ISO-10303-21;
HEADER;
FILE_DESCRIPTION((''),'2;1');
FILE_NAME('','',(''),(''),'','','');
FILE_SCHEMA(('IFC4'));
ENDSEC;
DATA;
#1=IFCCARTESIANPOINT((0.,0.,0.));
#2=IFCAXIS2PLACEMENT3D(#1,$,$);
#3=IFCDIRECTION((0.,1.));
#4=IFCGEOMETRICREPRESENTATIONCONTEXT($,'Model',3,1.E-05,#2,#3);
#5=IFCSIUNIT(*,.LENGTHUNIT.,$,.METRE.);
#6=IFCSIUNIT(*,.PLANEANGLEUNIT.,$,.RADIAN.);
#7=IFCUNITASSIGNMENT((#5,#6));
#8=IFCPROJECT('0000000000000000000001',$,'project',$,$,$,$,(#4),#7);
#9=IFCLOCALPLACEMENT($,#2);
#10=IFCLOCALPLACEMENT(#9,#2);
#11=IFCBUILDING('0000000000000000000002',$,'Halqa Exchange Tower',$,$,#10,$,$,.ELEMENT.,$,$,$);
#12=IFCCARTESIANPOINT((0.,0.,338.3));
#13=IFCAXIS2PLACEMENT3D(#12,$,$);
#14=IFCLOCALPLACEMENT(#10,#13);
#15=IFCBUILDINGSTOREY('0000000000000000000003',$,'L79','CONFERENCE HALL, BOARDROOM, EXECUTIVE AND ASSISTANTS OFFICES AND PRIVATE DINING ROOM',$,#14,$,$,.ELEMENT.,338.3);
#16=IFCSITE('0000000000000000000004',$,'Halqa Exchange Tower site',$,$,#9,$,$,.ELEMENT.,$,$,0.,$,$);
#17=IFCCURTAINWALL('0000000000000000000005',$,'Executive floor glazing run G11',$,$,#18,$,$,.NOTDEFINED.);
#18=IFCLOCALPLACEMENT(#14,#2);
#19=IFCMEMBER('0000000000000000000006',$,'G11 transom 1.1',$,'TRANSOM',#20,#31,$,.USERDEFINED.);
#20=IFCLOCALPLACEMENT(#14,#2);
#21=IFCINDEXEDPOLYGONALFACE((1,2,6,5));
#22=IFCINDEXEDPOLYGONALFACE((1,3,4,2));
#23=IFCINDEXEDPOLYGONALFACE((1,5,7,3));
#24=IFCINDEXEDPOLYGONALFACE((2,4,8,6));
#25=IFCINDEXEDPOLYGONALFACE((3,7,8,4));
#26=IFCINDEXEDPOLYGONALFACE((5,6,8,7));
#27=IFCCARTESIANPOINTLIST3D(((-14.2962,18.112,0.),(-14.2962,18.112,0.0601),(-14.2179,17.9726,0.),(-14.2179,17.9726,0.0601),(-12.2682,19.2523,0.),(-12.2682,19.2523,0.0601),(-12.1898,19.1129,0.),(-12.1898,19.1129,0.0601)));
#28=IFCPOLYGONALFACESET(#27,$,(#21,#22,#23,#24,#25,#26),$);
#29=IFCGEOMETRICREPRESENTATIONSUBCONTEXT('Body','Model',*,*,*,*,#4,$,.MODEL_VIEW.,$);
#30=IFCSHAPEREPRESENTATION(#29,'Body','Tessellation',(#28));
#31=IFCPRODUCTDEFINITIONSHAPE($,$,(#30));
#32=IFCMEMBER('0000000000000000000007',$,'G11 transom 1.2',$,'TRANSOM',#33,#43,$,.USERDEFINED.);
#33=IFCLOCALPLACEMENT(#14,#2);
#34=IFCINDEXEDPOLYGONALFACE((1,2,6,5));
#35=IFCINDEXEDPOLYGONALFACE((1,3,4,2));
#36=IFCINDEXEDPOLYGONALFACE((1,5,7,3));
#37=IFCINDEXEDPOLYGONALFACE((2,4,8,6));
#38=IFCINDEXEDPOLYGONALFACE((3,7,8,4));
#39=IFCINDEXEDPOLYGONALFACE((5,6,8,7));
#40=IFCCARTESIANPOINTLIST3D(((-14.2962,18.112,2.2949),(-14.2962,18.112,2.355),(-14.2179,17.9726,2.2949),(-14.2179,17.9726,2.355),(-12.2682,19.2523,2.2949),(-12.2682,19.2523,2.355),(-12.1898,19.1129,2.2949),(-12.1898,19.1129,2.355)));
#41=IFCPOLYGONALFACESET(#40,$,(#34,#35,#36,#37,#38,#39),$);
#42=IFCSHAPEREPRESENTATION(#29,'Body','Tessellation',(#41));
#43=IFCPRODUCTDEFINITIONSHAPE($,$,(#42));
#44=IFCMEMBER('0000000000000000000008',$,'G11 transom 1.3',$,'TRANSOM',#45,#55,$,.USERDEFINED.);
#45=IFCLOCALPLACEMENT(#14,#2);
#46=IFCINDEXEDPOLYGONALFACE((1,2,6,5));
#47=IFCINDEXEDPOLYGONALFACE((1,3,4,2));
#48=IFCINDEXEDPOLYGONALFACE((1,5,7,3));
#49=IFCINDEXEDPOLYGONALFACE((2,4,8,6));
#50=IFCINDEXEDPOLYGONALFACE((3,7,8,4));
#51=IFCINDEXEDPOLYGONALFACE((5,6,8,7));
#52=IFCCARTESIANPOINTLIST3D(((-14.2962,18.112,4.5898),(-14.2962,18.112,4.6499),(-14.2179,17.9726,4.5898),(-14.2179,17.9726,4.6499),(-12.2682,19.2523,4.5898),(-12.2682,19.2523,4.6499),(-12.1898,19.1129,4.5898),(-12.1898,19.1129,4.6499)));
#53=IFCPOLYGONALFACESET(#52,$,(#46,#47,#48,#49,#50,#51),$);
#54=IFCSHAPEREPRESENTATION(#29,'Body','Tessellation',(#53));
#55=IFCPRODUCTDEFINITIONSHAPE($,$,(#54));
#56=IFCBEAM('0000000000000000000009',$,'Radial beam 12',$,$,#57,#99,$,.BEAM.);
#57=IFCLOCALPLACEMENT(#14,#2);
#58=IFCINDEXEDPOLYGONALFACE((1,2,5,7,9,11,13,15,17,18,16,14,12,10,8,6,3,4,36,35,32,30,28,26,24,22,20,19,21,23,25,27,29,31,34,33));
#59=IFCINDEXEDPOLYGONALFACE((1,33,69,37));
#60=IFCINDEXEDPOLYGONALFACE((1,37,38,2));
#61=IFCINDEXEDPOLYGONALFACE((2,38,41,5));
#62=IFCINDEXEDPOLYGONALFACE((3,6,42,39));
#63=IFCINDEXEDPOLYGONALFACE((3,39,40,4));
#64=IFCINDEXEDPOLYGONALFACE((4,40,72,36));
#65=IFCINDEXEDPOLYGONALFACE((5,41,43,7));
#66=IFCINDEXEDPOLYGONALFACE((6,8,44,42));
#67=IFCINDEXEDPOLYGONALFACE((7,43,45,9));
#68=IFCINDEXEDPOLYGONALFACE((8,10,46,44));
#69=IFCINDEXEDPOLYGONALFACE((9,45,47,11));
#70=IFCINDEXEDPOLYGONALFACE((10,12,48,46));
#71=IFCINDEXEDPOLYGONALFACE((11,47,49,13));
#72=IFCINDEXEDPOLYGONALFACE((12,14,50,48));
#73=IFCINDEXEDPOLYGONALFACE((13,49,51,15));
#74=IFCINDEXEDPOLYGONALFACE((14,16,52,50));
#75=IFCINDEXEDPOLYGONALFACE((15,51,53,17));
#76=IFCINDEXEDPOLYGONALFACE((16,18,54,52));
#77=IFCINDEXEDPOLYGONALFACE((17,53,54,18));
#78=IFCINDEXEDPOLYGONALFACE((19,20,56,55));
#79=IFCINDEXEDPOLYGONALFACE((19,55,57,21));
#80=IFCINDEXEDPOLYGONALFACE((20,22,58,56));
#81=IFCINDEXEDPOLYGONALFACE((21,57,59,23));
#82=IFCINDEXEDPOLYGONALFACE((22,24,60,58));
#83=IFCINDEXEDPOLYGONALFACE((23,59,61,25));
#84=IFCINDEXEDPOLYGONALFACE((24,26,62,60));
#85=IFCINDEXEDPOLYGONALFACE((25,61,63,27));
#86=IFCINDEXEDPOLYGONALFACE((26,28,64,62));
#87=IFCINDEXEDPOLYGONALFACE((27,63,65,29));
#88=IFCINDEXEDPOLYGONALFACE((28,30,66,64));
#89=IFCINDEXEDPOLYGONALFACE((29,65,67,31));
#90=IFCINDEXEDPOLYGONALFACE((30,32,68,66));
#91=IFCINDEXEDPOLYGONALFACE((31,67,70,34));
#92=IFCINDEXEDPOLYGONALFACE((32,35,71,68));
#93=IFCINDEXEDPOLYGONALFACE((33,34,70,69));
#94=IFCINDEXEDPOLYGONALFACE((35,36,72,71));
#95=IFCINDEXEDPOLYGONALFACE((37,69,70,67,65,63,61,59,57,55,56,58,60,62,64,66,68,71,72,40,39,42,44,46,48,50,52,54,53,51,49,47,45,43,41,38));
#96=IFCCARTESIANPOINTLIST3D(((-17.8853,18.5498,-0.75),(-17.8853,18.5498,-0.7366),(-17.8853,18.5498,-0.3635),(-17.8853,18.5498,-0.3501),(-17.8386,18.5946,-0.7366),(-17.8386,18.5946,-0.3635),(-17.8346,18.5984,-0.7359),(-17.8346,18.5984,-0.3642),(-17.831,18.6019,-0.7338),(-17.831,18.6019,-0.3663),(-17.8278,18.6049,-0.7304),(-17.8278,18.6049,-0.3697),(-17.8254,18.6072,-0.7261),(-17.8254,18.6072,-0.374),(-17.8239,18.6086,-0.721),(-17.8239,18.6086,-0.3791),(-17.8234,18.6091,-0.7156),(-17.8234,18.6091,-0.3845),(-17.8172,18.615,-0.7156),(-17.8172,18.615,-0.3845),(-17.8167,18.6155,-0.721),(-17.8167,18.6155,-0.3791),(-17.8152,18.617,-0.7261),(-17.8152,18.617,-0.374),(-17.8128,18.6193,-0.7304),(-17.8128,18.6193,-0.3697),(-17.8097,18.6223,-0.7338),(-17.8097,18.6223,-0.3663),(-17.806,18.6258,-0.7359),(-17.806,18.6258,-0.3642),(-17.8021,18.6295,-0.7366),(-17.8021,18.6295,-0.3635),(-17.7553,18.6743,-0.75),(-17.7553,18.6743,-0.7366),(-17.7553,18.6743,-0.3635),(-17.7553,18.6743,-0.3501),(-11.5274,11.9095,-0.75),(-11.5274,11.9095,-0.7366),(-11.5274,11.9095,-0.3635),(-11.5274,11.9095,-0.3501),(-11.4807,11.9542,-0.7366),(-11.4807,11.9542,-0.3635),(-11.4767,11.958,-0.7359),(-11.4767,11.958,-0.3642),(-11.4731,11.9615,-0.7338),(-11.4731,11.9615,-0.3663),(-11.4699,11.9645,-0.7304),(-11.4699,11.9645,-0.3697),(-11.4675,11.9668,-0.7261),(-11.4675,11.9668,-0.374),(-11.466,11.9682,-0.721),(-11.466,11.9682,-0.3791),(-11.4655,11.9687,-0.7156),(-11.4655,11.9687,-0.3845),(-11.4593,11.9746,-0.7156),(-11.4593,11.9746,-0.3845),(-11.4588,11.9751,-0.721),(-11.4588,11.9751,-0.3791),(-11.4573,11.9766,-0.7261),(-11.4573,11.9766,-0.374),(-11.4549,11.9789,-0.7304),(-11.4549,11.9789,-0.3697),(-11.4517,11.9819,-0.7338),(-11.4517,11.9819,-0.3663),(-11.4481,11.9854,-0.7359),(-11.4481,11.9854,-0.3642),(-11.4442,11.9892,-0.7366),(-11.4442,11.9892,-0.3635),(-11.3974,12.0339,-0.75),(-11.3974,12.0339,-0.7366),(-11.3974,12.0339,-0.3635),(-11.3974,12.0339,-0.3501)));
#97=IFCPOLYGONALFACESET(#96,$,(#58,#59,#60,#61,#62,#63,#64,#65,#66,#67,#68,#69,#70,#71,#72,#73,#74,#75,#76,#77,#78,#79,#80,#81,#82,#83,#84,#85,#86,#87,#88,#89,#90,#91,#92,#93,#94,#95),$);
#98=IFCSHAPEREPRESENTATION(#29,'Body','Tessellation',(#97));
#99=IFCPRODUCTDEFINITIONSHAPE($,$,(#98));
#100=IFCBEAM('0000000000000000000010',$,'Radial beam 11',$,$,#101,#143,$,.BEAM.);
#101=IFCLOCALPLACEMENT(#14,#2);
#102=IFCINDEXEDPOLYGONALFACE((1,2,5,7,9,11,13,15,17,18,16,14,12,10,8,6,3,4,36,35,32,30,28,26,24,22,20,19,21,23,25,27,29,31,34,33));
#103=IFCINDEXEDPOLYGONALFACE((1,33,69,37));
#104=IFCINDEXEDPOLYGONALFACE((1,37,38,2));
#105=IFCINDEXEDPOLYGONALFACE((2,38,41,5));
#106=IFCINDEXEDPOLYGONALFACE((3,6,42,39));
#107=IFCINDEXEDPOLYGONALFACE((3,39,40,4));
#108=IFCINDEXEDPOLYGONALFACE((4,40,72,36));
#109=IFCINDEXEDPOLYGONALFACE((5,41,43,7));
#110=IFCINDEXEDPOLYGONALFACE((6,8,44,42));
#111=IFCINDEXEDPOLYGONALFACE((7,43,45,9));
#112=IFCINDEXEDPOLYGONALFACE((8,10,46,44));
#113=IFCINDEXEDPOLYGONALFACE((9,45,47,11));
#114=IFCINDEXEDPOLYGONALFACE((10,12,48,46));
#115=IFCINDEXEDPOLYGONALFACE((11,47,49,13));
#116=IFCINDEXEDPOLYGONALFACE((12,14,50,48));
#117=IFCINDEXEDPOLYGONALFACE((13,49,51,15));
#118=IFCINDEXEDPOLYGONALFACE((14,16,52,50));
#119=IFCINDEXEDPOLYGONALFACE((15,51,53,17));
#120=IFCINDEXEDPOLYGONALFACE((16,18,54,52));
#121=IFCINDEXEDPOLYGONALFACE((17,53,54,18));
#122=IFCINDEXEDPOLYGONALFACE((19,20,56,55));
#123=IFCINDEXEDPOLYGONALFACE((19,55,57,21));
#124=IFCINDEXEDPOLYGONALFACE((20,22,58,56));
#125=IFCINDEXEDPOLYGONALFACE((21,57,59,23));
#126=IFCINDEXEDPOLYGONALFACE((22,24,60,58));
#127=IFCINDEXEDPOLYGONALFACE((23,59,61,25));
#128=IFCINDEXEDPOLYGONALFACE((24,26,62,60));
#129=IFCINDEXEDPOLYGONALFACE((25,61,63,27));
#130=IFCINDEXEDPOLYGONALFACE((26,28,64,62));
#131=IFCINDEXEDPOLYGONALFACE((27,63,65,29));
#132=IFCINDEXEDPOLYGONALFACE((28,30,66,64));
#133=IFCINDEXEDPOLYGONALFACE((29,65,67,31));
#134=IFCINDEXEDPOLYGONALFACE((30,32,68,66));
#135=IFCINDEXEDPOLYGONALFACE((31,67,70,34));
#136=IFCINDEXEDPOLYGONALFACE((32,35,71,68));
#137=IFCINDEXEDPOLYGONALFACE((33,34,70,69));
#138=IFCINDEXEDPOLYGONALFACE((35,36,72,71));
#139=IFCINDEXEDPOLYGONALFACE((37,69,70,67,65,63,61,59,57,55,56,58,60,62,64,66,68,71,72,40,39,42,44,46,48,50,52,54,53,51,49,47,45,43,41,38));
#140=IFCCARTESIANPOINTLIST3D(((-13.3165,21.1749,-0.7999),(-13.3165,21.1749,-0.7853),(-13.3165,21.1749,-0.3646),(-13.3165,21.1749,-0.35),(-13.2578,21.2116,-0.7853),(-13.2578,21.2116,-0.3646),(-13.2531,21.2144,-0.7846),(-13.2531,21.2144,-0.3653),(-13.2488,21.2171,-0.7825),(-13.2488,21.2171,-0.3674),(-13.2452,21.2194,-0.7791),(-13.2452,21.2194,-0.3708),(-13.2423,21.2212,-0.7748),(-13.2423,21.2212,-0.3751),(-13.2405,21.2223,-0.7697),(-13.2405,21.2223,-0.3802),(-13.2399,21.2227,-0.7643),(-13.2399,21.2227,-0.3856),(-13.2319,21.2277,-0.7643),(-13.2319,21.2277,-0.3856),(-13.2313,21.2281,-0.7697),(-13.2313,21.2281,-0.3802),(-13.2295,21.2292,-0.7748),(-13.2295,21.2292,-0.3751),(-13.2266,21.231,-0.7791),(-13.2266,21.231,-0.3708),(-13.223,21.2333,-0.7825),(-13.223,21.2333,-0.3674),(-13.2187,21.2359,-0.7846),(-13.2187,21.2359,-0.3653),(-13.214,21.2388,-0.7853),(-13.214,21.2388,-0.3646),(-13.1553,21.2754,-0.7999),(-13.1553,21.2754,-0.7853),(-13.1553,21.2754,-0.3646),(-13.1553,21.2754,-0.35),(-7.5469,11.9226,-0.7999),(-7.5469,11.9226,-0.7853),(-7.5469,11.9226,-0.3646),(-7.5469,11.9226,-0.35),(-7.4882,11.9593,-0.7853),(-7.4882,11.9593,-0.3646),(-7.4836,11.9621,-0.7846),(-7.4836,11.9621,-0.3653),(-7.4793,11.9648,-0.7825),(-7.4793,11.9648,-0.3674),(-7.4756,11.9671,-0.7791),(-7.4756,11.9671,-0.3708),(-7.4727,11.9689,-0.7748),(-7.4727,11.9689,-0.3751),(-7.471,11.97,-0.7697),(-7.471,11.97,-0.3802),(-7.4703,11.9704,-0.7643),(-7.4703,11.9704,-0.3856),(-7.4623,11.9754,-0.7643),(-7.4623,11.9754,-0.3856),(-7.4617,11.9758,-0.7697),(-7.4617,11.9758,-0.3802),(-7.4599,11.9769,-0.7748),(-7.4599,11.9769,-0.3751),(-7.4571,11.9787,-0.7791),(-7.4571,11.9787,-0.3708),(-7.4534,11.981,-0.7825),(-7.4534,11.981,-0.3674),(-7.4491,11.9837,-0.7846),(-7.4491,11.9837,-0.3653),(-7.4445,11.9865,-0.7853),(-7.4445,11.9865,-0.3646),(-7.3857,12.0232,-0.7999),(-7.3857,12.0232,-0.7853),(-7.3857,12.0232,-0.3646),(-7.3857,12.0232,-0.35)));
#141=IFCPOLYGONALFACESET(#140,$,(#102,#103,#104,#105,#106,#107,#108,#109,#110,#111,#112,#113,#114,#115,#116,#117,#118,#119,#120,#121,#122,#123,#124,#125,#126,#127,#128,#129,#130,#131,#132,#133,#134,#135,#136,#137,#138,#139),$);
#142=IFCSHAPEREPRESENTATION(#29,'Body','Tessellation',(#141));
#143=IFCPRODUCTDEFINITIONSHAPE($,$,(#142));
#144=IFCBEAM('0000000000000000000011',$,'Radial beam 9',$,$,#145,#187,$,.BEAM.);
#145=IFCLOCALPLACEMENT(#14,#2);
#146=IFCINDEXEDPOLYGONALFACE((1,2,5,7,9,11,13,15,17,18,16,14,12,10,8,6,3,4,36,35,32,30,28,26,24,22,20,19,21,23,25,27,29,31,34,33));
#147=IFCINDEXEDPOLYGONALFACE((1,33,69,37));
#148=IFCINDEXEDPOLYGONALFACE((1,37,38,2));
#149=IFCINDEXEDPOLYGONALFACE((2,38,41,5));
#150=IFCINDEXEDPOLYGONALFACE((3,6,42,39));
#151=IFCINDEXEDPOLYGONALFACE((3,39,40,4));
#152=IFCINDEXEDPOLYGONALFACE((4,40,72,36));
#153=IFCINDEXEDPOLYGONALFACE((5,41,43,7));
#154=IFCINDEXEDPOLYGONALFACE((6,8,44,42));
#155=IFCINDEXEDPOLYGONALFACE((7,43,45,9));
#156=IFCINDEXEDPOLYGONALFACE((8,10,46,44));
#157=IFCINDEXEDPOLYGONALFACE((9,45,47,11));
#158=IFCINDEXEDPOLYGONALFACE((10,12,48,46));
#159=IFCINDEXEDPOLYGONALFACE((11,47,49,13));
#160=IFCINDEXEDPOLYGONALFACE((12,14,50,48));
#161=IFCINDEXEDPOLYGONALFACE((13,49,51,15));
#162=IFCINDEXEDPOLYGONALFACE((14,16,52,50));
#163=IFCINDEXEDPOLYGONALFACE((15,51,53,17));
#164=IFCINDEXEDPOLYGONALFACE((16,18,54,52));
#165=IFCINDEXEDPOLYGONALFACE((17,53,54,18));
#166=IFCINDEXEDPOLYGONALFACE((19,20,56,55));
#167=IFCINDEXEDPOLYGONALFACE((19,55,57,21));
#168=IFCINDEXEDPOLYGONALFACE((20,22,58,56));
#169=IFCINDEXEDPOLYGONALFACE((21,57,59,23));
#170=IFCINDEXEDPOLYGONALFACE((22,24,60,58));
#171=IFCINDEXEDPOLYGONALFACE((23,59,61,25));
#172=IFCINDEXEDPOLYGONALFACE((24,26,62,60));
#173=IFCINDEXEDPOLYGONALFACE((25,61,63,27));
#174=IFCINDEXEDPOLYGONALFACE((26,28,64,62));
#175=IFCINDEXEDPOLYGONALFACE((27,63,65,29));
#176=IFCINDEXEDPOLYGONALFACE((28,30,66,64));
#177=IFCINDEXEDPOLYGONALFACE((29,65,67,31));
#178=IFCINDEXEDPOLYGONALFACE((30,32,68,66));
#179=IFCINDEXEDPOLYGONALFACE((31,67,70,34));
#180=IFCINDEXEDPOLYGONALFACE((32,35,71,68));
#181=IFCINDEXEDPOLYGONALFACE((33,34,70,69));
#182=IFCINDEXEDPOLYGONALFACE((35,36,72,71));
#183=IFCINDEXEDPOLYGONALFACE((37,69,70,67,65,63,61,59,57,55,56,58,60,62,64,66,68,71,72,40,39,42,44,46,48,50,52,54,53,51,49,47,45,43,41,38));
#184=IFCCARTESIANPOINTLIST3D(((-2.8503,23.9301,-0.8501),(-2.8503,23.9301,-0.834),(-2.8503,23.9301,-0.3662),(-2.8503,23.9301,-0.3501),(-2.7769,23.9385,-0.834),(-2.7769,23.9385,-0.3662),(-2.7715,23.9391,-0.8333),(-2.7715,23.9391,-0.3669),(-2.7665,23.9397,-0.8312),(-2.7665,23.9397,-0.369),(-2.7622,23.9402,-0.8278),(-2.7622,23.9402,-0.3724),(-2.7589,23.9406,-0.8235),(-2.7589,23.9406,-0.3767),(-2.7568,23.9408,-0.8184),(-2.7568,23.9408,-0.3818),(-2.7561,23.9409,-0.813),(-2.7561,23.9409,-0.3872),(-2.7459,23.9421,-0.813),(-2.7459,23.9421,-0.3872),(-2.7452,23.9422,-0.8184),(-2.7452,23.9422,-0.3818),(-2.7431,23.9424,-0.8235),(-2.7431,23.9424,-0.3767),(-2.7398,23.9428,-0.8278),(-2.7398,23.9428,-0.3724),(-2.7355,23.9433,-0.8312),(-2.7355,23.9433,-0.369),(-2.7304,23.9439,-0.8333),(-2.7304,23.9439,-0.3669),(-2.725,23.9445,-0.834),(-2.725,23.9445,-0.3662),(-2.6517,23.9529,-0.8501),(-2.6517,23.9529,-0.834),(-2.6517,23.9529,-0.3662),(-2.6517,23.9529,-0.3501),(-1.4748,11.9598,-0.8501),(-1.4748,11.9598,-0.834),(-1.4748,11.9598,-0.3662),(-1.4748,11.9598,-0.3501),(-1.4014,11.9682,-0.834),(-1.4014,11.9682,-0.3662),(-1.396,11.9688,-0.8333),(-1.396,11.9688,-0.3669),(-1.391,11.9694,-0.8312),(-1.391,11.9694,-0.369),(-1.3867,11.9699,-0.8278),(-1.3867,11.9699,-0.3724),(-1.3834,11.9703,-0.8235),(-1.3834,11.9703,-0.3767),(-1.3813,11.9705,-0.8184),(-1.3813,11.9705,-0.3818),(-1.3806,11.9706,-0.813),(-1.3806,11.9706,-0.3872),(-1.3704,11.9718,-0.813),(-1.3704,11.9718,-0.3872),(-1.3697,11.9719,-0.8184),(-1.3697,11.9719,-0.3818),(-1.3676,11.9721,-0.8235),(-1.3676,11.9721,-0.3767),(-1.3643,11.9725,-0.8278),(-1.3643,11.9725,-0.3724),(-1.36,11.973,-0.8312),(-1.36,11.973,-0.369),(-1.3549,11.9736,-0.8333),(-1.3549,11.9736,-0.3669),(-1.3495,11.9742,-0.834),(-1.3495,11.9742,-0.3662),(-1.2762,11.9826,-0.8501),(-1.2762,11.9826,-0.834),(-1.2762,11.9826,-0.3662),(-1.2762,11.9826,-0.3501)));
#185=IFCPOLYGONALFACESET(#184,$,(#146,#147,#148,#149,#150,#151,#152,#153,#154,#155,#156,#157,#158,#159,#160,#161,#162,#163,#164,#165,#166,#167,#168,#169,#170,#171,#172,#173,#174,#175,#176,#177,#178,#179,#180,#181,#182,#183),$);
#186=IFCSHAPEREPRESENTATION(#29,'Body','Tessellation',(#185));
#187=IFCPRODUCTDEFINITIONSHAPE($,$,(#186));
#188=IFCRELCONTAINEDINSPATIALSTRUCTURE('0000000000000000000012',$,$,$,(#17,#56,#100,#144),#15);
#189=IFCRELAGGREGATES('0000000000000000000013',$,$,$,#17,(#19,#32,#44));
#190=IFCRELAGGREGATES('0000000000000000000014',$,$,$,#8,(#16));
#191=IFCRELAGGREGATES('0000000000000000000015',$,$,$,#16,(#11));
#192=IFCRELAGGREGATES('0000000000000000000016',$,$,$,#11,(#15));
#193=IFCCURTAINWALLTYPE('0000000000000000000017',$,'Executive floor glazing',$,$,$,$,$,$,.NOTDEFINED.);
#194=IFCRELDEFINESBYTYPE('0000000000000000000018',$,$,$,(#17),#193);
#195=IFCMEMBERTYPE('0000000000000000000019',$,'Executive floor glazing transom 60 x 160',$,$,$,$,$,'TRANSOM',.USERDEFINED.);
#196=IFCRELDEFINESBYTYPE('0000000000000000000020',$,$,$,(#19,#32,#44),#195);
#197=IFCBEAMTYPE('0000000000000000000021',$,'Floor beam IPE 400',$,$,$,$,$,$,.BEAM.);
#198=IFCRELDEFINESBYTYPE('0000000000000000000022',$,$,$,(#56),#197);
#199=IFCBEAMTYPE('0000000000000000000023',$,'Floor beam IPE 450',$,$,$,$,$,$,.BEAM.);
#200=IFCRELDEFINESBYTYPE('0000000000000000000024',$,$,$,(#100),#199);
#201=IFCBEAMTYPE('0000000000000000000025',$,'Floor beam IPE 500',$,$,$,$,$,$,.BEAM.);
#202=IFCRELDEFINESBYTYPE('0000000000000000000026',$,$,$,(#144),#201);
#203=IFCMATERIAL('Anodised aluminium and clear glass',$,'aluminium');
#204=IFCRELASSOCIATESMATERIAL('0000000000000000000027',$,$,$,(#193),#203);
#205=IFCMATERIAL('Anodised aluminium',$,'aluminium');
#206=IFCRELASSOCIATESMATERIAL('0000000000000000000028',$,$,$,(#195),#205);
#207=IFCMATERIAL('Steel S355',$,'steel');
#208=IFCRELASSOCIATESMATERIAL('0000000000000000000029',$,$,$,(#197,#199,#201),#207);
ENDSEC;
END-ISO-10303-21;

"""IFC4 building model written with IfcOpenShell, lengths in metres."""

from ifc_helpers import new_model, si_unit, direction, frame, origin, origin_2d, place, context, subcontext, project, spatial, rectangle, i_section, extrude, material, material_profile, profile_set, type_object, element, aggregate, save


model = new_model("IFC4")

# Units and contexts
model_context = context("Model", 3, precision=1e-05, world=origin(), true_north=direction((0.0, 1.0)))
body_context = subcontext(model_context, "Body", "Model", "MODEL_VIEW")
ifc_project = project(units=[si_unit("LENGTHUNIT", "METRE"), si_unit("PLANEANGLEUNIT", "RADIAN")], contexts=[model_context])

# Site, building, storey
site_placement = place(None, origin())
site = spatial("IfcSite", under=ifc_project, at=site_placement, Name="Halqa Exchange Tower site", CompositionType="ELEMENT", RefElevation=0.0)
building_placement = place(site_placement, origin())
building = spatial("IfcBuilding", under=site, at=building_placement, Name="Halqa Exchange Tower", CompositionType="ELEMENT")
storey_placement = place(building_placement, frame((0.0, 0.0, 338.3)))
storey = spatial("IfcBuildingStorey", under=building, at=storey_placement, Name="L79", Description="CONFERENCE HALL, BOARDROOM, EXECUTIVE AND ASSISTANTS OFFICES AND PRIVATE DINING ROOM", CompositionType="ELEMENT", Elevation=338.3)

# Curtain wall, members
ifc_material_1 = material(Name="Anodised aluminium and clear glass", Category="aluminium")
curtain_wall_type = type_object("IfcCurtainWallType", Name="Executive floor glazing", PredefinedType="NOTDEFINED", material=ifc_material_1)
curtain_wall_placement = place(storey_placement, origin())
curtain_wall = element("IfcCurtainWall", 1, at=curtain_wall_placement, inside=storey, type_object=curtain_wall_type, Name="Executive floor glazing run G11", PredefinedType="NOTDEFINED")
ifc_material_2 = material(Name="Anodised aluminium", Category="aluminium")
ifc_material_profile_1 = material_profile(ifc_material_2, rectangle(XDim=0.1599, YDim=0.0601, at=origin_2d()), Name="AL 60x160")
ifc_profile_set_1 = profile_set([ifc_material_profile_1], Name="Anodised aluminium")
member_type = type_object("IfcMemberType", Name="Executive floor glazing transom 60 x 160", ElementType="TRANSOM", PredefinedType="USERDEFINED", material=ifc_profile_set_1)
member_1_placement = place(storey_placement, frame((-12.229, 19.1826, 0.03), z_axis=(-0.871651, -0.490127, 0.0), x_axis=(0.490127, -0.871651, 0.0)))
member_1 = element("IfcMember", 2, at=member_1_placement, type_object=member_type, Name="G11 transom 1.1", ObjectType="TRANSOM", PredefinedType="USERDEFINED", context=body_context, shape_type="SweptSolid", body=[
    extrude(rectangle(XDim=0.1599, YDim=0.0601, at=origin_2d()), origin(), (0.0, 0.0, 1.0), 2.3267),
])
member_2_placement = place(storey_placement, frame((-12.229, 19.1826, 2.325), z_axis=(-0.871651, -0.490127, 0.0), x_axis=(0.490127, -0.871651, 0.0)))
member_2 = element("IfcMember", 3, at=member_2_placement, type_object=member_type, Name="G11 transom 1.2", ObjectType="TRANSOM", PredefinedType="USERDEFINED", context=body_context, shape_type="SweptSolid", body=[
    extrude(rectangle(XDim=0.1599, YDim=0.0601, at=origin_2d()), origin(), (0.0, 0.0, 1.0), 2.3267),
])
member_3_placement = place(storey_placement, frame((-12.229, 19.1826, 4.6199), z_axis=(-0.871651, -0.490127, 0.0), x_axis=(0.490127, -0.871651, 0.0)))
member_3 = element("IfcMember", 4, at=member_3_placement, type_object=member_type, Name="G11 transom 1.3", ObjectType="TRANSOM", PredefinedType="USERDEFINED", context=body_context, shape_type="SweptSolid", body=[
    extrude(rectangle(XDim=0.1599, YDim=0.0601, at=origin_2d()), origin(), (0.0, 0.0, 1.0), 2.3267),
])

# Beams
ifc_material_3 = material(Name="Steel S355", Category="steel")
ifc_material_profile_2 = material_profile(ifc_material_3, i_section(OverallWidth=0.1799, OverallDepth=0.3999, WebThickness=0.0085, FlangeThickness=0.0134, FilletRadius=0.021, at=origin_2d()), Name="IPE 400")
ifc_profile_set_2 = profile_set([ifc_material_profile_2], Name="Steel S355")
beam_type_1 = type_object("IfcBeamType", Name="Floor beam IPE 400", PredefinedType="BEAM", material=ifc_profile_set_2)
beam_1_placement = place(storey_placement, frame((-11.4624, 11.9717, -0.55), z_axis=(-0.691577, 0.722303, 0.0), x_axis=(-0.722303, -0.691577, 0.0)))
element("IfcBeam", 5, at=beam_1_placement, inside=storey, type_object=beam_type_1, Name="Radial beam 12", PredefinedType="BEAM", context=body_context, shape_type="SweptSolid", body=[
    extrude(i_section(OverallWidth=0.1799, OverallDepth=0.3999, WebThickness=0.0085, FlangeThickness=0.0134, FilletRadius=0.021, at=origin_2d()), origin(), (0.0, 0.0, 1.0), 9.1934),
])
ifc_material_profile_3 = material_profile(ifc_material_3, i_section(OverallWidth=0.1899, OverallDepth=0.45, WebThickness=0.0095, FlangeThickness=0.0146, FilletRadius=0.021, at=origin_2d()), Name="IPE 450")
ifc_profile_set_3 = profile_set([ifc_material_profile_3], Name="Steel S355")
beam_type_2 = type_object("IfcBeamType", Name="Floor beam IPE 450", PredefinedType="BEAM", material=ifc_profile_set_3)
beam_2_placement = place(storey_placement, frame((-7.4663, 11.9729, -0.575), z_axis=(-0.529135, 0.848538, 0.0), x_axis=(-0.848538, -0.529135, 0.0)))
element("IfcBeam", 6, at=beam_2_placement, inside=storey, type_object=beam_type_2, Name="Radial beam 11", PredefinedType="BEAM", context=body_context, shape_type="SweptSolid", body=[
    extrude(i_section(OverallWidth=0.1899, OverallDepth=0.45, WebThickness=0.0095, FlangeThickness=0.0146, FilletRadius=0.021, at=origin_2d()), origin(), (0.0, 0.0, 1.0), 10.9038),
])
ifc_material_profile_4 = material_profile(ifc_material_3, i_section(OverallWidth=0.2, OverallDepth=0.5, WebThickness=0.0103, FlangeThickness=0.0161, FilletRadius=0.021, at=origin_2d()), Name="IPE 500")
ifc_profile_set_4 = profile_set([ifc_material_profile_4], Name="Steel S355")
beam_type_3 = type_object("IfcBeamType", Name="Floor beam IPE 500", PredefinedType="BEAM", material=ifc_profile_set_4)
beam_3_placement = place(storey_placement, frame((-1.3755, 11.9712, -0.6001), z_axis=(-0.114158, 0.993463, 0.0), x_axis=(-0.993463, -0.114158, 0.0)))
element("IfcBeam", 7, at=beam_3_placement, inside=storey, type_object=beam_type_3, Name="Radial beam 9", PredefinedType="BEAM", context=body_context, shape_type="SweptSolid", body=[
    extrude(i_section(OverallWidth=0.2, OverallDepth=0.5, WebThickness=0.0103, FlangeThickness=0.0161, FilletRadius=0.021, at=origin_2d()), origin(), (0.0, 0.0, 1.0), 12.0491),
])

aggregate(curtain_wall, [member_1, member_2, member_3])

save(model, "model.ifc")
